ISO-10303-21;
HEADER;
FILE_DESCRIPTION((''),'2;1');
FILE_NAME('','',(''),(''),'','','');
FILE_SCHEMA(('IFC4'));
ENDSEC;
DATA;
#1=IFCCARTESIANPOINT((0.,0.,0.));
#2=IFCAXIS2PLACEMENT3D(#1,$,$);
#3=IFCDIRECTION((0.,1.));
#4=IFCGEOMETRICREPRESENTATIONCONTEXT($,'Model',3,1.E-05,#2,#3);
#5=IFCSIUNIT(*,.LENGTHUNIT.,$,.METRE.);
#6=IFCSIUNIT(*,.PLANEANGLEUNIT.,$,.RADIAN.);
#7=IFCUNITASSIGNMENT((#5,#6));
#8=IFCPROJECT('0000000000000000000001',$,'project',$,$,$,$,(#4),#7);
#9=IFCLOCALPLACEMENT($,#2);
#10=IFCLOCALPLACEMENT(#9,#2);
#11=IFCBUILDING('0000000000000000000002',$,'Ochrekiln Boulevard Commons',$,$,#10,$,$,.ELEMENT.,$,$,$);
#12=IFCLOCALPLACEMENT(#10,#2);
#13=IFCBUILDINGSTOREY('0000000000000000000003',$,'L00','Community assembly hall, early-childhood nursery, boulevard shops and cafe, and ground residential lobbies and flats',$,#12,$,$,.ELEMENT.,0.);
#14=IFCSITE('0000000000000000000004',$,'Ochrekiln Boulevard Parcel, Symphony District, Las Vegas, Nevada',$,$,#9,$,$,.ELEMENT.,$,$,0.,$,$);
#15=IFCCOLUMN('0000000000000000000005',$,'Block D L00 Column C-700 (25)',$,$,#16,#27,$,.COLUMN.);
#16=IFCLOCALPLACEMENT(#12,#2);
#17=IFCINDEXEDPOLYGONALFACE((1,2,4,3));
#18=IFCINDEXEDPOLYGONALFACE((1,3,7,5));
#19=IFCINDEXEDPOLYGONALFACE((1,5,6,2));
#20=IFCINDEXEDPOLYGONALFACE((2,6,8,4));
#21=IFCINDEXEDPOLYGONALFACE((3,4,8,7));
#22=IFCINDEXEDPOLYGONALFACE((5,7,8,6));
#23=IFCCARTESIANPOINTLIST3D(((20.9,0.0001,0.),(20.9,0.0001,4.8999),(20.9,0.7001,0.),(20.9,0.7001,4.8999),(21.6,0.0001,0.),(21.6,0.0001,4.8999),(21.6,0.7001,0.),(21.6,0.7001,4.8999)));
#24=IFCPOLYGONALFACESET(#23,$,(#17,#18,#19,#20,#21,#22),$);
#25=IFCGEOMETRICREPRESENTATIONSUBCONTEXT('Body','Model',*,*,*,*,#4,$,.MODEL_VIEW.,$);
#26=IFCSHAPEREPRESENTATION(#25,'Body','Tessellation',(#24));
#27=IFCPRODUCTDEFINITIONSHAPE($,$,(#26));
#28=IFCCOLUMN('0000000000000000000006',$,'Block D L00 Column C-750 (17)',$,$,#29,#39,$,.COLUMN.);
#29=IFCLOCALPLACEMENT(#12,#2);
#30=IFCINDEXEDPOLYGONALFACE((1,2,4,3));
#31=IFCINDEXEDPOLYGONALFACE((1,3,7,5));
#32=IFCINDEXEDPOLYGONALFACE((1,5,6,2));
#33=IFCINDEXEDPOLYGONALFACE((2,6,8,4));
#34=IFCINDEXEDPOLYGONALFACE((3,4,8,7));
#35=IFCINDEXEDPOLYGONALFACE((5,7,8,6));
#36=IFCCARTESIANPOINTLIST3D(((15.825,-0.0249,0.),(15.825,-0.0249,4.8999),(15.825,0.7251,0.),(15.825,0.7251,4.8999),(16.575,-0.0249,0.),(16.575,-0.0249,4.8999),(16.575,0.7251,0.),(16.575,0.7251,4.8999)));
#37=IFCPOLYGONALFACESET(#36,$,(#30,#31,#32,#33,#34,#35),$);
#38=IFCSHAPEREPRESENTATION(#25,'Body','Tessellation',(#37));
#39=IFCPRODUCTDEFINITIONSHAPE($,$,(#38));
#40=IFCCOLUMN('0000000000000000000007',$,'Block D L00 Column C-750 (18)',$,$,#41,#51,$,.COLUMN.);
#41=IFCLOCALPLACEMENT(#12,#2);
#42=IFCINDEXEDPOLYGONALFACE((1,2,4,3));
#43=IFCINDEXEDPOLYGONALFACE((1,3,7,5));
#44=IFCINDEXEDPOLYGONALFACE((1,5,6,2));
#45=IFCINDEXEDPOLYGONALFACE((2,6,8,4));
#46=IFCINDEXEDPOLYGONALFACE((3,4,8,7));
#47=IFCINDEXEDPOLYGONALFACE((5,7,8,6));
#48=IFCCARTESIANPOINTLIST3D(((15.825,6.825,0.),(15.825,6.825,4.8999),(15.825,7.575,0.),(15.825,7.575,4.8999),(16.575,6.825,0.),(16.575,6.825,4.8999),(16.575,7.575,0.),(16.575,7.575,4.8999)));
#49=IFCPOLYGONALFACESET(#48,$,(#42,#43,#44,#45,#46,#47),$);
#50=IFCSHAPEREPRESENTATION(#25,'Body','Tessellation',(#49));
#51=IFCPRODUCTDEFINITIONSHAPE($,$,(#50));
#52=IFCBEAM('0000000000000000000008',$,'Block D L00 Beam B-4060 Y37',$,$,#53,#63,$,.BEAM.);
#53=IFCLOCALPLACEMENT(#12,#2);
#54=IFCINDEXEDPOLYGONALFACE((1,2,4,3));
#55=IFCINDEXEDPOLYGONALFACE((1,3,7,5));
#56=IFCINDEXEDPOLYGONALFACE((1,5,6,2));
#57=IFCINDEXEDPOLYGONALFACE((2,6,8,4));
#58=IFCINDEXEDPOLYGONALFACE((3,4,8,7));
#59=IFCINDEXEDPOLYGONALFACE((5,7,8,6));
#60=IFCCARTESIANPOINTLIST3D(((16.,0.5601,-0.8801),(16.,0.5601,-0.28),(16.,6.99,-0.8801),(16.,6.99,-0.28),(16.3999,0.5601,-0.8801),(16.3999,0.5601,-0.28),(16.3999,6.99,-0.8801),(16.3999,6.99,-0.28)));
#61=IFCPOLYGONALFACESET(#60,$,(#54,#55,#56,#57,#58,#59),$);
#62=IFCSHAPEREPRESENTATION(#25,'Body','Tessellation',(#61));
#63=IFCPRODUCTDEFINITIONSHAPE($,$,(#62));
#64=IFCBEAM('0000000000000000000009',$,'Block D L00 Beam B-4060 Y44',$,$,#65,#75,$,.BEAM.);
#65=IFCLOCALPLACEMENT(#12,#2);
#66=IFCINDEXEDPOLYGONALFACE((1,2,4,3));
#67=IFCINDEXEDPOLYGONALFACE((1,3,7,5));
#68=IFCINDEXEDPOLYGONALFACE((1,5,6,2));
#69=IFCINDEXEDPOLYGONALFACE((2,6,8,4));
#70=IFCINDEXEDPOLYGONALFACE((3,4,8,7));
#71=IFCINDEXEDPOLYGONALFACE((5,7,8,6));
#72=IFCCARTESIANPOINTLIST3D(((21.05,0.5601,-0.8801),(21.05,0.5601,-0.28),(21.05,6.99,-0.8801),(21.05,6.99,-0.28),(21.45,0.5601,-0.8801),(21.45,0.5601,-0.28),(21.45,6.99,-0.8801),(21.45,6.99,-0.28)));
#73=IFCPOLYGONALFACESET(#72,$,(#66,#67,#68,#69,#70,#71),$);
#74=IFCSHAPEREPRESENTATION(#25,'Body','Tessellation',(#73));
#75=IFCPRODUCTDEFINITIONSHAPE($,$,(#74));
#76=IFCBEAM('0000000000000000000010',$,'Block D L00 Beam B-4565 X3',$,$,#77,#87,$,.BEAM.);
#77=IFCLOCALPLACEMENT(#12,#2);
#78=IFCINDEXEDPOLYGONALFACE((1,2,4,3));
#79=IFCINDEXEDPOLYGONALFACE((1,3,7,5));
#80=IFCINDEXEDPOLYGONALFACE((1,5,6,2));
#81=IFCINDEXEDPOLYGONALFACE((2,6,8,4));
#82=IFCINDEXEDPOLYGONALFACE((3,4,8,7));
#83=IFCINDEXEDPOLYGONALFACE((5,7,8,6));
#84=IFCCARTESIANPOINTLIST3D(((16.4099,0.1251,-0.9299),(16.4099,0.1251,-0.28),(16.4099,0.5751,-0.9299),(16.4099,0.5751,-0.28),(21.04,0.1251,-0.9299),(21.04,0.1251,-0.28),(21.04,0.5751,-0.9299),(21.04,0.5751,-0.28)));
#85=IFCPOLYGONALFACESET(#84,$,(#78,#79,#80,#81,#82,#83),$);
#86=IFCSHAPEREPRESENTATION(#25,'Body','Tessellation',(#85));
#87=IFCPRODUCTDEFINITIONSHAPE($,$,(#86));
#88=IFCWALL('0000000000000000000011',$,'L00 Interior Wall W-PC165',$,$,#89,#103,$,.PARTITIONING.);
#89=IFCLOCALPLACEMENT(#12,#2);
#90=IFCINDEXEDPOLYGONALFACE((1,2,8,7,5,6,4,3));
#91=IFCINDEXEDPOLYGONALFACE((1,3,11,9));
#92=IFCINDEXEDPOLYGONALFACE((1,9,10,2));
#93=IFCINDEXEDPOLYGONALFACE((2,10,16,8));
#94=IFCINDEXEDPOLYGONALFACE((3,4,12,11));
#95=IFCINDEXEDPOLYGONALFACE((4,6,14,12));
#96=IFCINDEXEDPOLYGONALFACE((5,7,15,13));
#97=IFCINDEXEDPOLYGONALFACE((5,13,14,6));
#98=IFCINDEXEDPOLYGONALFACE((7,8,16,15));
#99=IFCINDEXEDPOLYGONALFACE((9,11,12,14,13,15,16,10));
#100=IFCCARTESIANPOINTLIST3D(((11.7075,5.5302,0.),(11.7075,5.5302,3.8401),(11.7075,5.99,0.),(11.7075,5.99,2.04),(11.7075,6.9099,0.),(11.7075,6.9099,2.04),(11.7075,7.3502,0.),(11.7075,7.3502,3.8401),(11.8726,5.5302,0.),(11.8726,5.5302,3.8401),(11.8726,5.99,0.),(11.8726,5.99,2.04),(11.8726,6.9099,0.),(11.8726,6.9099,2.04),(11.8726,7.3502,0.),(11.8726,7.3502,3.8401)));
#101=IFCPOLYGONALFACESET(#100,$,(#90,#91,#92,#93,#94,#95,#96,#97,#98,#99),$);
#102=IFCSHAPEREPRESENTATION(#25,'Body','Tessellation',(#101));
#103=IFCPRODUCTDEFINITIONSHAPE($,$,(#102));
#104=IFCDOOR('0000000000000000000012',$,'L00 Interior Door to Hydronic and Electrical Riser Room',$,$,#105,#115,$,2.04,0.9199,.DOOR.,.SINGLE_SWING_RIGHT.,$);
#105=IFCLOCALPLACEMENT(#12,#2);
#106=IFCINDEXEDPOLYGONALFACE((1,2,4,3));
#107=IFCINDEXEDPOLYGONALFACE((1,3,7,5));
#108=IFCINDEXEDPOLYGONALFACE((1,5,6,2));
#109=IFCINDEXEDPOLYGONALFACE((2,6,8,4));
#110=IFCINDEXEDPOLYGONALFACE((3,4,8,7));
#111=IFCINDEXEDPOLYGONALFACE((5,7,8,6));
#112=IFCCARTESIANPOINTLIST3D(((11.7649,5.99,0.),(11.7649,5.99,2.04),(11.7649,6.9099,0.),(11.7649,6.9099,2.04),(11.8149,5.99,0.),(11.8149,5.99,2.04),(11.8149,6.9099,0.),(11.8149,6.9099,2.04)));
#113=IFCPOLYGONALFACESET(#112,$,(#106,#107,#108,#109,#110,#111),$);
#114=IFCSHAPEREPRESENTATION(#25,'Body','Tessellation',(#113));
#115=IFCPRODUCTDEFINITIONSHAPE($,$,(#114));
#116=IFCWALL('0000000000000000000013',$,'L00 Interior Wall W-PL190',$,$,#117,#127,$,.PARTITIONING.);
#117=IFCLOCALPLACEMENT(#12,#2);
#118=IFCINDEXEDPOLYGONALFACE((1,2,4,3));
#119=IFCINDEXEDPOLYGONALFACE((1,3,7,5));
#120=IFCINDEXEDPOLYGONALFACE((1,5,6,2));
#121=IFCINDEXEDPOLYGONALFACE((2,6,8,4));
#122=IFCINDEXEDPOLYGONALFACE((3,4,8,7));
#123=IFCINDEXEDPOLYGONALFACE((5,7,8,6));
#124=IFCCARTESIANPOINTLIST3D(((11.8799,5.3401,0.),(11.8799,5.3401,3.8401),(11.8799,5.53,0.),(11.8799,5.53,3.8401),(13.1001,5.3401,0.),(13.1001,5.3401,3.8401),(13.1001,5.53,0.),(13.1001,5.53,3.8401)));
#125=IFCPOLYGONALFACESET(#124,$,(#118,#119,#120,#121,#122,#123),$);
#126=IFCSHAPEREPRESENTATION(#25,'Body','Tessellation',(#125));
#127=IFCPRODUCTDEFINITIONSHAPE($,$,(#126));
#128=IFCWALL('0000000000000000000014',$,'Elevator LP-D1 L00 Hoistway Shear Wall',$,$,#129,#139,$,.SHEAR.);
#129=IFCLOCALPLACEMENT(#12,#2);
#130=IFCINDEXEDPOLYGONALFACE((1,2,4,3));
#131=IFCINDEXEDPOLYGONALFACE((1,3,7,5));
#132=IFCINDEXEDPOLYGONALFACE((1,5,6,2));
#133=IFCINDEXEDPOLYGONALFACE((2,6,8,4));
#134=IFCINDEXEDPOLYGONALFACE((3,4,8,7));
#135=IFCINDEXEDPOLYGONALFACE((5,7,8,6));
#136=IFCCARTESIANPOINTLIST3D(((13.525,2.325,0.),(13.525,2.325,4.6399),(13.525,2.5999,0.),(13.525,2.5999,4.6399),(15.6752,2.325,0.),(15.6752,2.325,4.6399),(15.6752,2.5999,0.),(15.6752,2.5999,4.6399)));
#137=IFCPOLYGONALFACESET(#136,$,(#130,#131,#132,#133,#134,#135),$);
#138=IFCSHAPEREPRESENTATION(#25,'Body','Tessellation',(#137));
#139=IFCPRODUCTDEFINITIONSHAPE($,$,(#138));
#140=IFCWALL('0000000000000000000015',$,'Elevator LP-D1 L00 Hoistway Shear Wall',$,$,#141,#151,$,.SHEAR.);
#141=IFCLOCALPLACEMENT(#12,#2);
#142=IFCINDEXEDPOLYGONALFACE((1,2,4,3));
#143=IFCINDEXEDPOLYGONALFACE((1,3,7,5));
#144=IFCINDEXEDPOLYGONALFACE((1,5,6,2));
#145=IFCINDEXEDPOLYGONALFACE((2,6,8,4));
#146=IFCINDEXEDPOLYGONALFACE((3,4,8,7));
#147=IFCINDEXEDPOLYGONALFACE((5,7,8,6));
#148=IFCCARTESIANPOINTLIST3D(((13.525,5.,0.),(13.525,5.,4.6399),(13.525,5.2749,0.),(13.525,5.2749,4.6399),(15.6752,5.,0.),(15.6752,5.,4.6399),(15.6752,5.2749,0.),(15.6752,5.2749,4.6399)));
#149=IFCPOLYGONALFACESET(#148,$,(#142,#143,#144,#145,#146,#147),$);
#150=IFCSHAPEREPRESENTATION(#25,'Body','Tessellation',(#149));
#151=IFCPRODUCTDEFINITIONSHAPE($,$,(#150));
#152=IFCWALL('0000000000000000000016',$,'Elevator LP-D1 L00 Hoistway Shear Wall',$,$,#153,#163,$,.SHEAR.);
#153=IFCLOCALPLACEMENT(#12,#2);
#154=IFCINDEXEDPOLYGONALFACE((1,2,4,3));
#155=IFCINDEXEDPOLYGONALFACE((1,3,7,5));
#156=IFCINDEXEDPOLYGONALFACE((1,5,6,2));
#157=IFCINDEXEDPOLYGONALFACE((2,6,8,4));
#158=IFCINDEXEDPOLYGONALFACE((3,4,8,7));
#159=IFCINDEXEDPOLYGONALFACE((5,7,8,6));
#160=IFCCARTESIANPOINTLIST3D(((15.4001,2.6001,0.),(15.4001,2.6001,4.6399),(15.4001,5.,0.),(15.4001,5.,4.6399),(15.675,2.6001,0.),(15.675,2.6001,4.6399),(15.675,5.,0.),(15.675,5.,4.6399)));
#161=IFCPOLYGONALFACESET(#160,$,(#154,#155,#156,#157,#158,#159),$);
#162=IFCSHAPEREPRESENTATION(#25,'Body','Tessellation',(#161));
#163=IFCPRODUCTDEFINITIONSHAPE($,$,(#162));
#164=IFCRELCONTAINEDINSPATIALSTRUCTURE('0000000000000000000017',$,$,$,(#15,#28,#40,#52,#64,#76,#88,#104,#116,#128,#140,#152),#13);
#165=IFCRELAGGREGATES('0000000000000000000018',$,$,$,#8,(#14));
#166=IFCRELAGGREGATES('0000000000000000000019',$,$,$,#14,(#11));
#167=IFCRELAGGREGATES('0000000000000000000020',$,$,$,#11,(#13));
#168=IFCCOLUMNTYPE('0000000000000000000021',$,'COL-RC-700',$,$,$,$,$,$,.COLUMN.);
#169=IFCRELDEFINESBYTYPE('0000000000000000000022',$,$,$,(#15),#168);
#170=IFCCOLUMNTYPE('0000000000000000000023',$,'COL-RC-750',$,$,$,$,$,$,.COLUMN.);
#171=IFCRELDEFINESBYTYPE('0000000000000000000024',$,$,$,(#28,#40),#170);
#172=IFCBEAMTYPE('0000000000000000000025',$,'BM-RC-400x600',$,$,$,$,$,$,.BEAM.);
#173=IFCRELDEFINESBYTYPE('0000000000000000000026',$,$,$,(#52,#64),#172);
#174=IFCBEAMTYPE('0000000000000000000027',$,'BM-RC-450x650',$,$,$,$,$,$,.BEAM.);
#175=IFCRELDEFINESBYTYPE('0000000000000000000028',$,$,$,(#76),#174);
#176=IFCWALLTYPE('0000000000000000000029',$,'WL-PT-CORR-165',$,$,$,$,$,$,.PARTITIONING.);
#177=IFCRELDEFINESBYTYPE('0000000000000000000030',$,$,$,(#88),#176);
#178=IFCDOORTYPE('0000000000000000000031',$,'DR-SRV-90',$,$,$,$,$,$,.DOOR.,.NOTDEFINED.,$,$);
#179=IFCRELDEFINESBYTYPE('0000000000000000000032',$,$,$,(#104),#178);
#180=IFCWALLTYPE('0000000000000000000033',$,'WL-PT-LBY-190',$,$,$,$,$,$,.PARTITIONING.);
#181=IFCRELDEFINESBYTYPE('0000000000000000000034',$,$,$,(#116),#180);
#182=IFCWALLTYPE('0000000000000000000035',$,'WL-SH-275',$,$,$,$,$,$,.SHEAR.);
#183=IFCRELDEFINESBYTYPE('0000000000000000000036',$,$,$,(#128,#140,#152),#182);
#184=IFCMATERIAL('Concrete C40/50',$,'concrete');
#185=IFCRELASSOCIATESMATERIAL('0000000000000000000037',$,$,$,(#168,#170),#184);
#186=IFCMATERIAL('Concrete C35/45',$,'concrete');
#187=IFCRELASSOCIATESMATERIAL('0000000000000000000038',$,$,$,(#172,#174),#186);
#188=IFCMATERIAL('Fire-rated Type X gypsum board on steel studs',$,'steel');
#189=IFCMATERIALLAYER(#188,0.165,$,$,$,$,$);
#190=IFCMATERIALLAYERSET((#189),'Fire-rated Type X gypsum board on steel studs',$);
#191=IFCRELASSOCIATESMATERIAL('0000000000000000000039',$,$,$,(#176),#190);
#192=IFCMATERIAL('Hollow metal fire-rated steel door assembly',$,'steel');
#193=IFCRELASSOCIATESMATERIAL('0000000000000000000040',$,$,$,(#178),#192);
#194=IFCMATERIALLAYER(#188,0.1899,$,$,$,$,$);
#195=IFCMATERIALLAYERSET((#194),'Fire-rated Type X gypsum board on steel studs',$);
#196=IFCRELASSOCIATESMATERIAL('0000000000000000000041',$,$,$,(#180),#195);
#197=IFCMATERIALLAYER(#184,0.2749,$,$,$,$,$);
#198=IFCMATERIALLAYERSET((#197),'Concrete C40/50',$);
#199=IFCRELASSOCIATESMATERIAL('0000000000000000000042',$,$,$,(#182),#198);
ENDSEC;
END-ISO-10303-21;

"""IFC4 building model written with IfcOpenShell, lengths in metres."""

from ifc_helpers import new_model, si_unit, direction, frame, frame_2d, origin, origin_2d, place, context, subcontext, project, spatial, rectangle, extrude, material, layer, layer_set, material_profile, profile_set, type_object, element, fill, save


model = new_model("IFC4")

# Units and contexts
model_context = context("Model", 3, precision=1e-05, world=origin(), true_north=direction((0.0, 1.0)))
body_context = subcontext(model_context, "Body", "Model", "MODEL_VIEW")
ifc_project = project(units=[si_unit("LENGTHUNIT", "METRE"), si_unit("PLANEANGLEUNIT", "RADIAN")], contexts=[model_context])

# Site, building, storey
site_placement = place(None, origin())
site = spatial("IfcSite", under=ifc_project, at=site_placement, Name="Ochrekiln Boulevard Parcel, Symphony District, Las Vegas, Nevada", CompositionType="ELEMENT", RefElevation=0.0)
building_placement = place(site_placement, origin())
building = spatial("IfcBuilding", under=site, at=building_placement, Name="Ochrekiln Boulevard Commons", CompositionType="ELEMENT")
storey_placement = place(building_placement, origin())
storey = spatial("IfcBuildingStorey", under=building, at=storey_placement, Name="L00", Description="Community assembly hall, early-childhood nursery, boulevard shops and cafe, and ground residential lobbies and flats", CompositionType="ELEMENT", Elevation=0.0)

# Columns
ifc_material_1 = material(Name="Concrete C40/50", Category="concrete")
ifc_material_profile_1 = material_profile(ifc_material_1, rectangle(XDim=0.7, YDim=0.7, at=origin_2d()), Name="RC-COL-700x700")
ifc_profile_set_1 = profile_set([ifc_material_profile_1], Name="Concrete C40/50")
column_type_1 = type_object("IfcColumnType", Name="COL-RC-700", PredefinedType="COLUMN", material=ifc_profile_set_1)
column_placement = place(storey_placement, frame((21.25, 0.3501, 0.0), z_axis=(0.0, 0.0, 1.0), x_axis=(1.0, 0.0, 0.0)))
element("IfcColumn", 1, at=column_placement, inside=storey, type_object=column_type_1, Name="Block D L00 Column C-700 (25)", PredefinedType="COLUMN", context=body_context, shape_type="SweptSolid", body=[
    extrude(rectangle(XDim=0.7, YDim=0.7, at=origin_2d()), origin(), (0.0, 0.0, 1.0), 4.8999),
])
ifc_material_profile_2 = material_profile(ifc_material_1, rectangle(XDim=0.75, YDim=0.75, at=origin_2d()), Name="RC-COL-750x750")
ifc_profile_set_2 = profile_set([ifc_material_profile_2], Name="Concrete C40/50")
column_type_2 = type_object("IfcColumnType", Name="COL-RC-750", PredefinedType="COLUMN", material=ifc_profile_set_2)
for number, where, z_axis, x_axis, name in (
    (2, (16.2, 0.3501, 0.0), (0.0, 0.0, 1.0), (1.0, 0.0, 0.0), "Block D L00 Column C-750 (17)"),
    (3, (16.2, 7.2, 0.0), (0.0, 0.0, 1.0), (1.0, 0.0, 0.0), "Block D L00 Column C-750 (18)"),
):
    element("IfcColumn", number, at=place(storey_placement, frame(where, z_axis=z_axis, x_axis=x_axis)), inside=storey, type_object=column_type_2, Name=name, PredefinedType="COLUMN", context=body_context, shape_type="SweptSolid", body=[
        extrude(rectangle(XDim=0.75, YDim=0.75, at=origin_2d()), origin(), (0.0, 0.0, 1.0), 4.8999),
    ])

# Beams
ifc_material_2 = material(Name="Concrete C35/45", Category="concrete")
ifc_material_profile_3 = material_profile(ifc_material_2, rectangle(XDim=0.3999, YDim=0.6001, at=origin_2d()), Name="RC-BM-400x600")
ifc_profile_set_3 = profile_set([ifc_material_profile_3], Name="Concrete C35/45")
beam_type_1 = type_object("IfcBeamType", Name="BM-RC-400x600", PredefinedType="BEAM", material=ifc_profile_set_3)
for number, where, z_axis, x_axis, name in (
    (4, (16.2, 0.5601, -0.5801), (0.0, 1.0, 0.0), (-1.0, 0.0, 0.0), "Block D L00 Beam B-4060 Y37"),
    (5, (21.25, 0.5601, -0.5801), (0.0, 1.0, 0.0), (-1.0, 0.0, 0.0), "Block D L00 Beam B-4060 Y44"),
):
    element("IfcBeam", number, at=place(storey_placement, frame(where, z_axis=z_axis, x_axis=x_axis)), inside=storey, type_object=beam_type_1, Name=name, PredefinedType="BEAM", context=body_context, shape_type="SweptSolid", body=[
        extrude(rectangle(XDim=0.3999, YDim=0.6001, at=origin_2d()), origin(), (0.0, 0.0, 1.0), 6.4299),
    ])
ifc_material_profile_4 = material_profile(ifc_material_2, rectangle(XDim=0.45, YDim=0.6499, at=origin_2d()), Name="RC-BM-450x650")
ifc_profile_set_4 = profile_set([ifc_material_profile_4], Name="Concrete C35/45")
beam_type_2 = type_object("IfcBeamType", Name="BM-RC-450x650", PredefinedType="BEAM", material=ifc_profile_set_4)
beam_placement = place(storey_placement, frame((16.4099, 0.3501, -0.605), z_axis=(1.0, 0.0, 0.0), x_axis=(0.0, 1.0, 0.0)))
element("IfcBeam", 6, at=beam_placement, inside=storey, type_object=beam_type_2, Name="Block D L00 Beam B-4565 X3", PredefinedType="BEAM", context=body_context, shape_type="SweptSolid", body=[
    extrude(rectangle(XDim=0.45, YDim=0.6499, at=origin_2d()), origin(), (0.0, 0.0, 1.0), 4.6301),
])

# Wall, opening, door
ifc_material_3 = material(Name="Fire-rated Type X gypsum board on steel studs", Category="steel")
ifc_layer_1 = layer(ifc_material_3, 0.165)
ifc_layer_set_1 = layer_set([ifc_layer_1], Name="Fire-rated Type X gypsum board on steel studs")
wall_type_1 = type_object("IfcWallType", Name="WL-PT-CORR-165", PredefinedType="PARTITIONING", material=ifc_layer_set_1)
wall_1_placement = place(storey_placement, frame((11.79, 5.53, 0.0), z_axis=(0.0, 0.0, 1.0), x_axis=(0.0, 1.0, 0.0)))
wall_1 = element("IfcWall", 7, at=wall_1_placement, inside=storey, type_object=wall_type_1, Name="L00 Interior Wall W-PC165", PredefinedType="PARTITIONING", context=body_context, shape_type="SweptSolid", body=[
    extrude(rectangle(XDim=1.8201, YDim=0.165, at=frame_2d((0.9102, 0.0))), origin(), (0.0, 0.0, 1.0), 3.8401),
])
opening_1_placement = place(wall_1_placement, frame((0.46, 0.0, 0.0)))
opening_1 = element("IfcOpeningElement", 8, at=opening_1_placement, cuts=wall_1, PredefinedType="OPENING", context=body_context, shape_type="SweptSolid", body=[
    extrude(rectangle(XDim=0.9199, YDim=2.04, at=frame_2d((0.46, 1.02))), frame((0.0, 0.0925, 0.0), z_axis=(0.0, -1.0, 0.0), x_axis=(1.0, 0.0, 0.0)), (0.0, 0.0, 1.0), 0.1851),
])
ifc_material_4 = material(Name="Hollow metal fire-rated steel door assembly", Category="steel")
door_type_1 = type_object("IfcDoorType", Name="DR-SRV-90", OperationType="NOTDEFINED", PredefinedType="DOOR", material=ifc_material_4)
door_1_placement = place(opening_1_placement, frame((0.9199, 0.0, 0.0), z_axis=(0.0, 0.0, 1.0), x_axis=(-1.0, 0.0, 0.0)))
door_1 = element("IfcDoor", 9, at=door_1_placement, inside=storey, type_object=door_type_1, Name="L00 Interior Door to Hydronic and Electrical Riser Room", OperationType="SINGLE_SWING_RIGHT", OverallHeight=2.04, OverallWidth=0.9199, PredefinedType="DOOR", context=body_context, shape_type="SweptSolid", body=[
    extrude(rectangle(XDim=0.9199, YDim=2.04, at=frame_2d((0.46, 1.02))), frame((0.0, 0.0249, 0.0), z_axis=(0.0, -1.0, 0.0), x_axis=(1.0, 0.0, 0.0)), (0.0, 0.0, 1.0), 0.05),
])
fill(opening_1, door_1)

# Wall
ifc_layer_2 = layer(ifc_material_3, 0.1899)
ifc_layer_set_2 = layer_set([ifc_layer_2], Name="Fire-rated Type X gypsum board on steel studs")
wall_type_2 = type_object("IfcWallType", Name="WL-PT-LBY-190", PredefinedType="PARTITIONING", material=ifc_layer_set_2)
wall_2_placement = place(storey_placement, frame((11.8799, 5.4351, 0.0), z_axis=(0.0, 0.0, 1.0), x_axis=(1.0, 0.0, 0.0)))
element("IfcWall", 10, at=wall_2_placement, inside=storey, type_object=wall_type_2, Name="L00 Interior Wall W-PL190", PredefinedType="PARTITIONING", context=body_context, shape_type="SweptSolid", body=[
    extrude(rectangle(XDim=1.2202, YDim=0.1899, at=frame_2d((0.6101, 0.0))), origin(), (0.0, 0.0, 1.0), 3.8401),
])

# Walls
ifc_layer_3 = layer(ifc_material_1, 0.2749)
ifc_layer_set_3 = layer_set([ifc_layer_3], Name="Concrete C40/50")
wall_type_3 = type_object("IfcWallType", Name="WL-SH-275", PredefinedType="SHEAR", material=ifc_layer_set_3)
for number, where, z_axis, x_axis, name in (
    (11, (13.5249, 2.4624, 0.0), (0.0, 0.0, 1.0), (1.0, 0.0, 0.0), "Elevator LP-D1 L00 Hoistway Shear Wall"),
    (12, (13.5249, 5.1375, 0.0), (0.0, 0.0, 1.0), (1.0, 0.0, 0.0), "Elevator LP-D1 L00 Hoistway Shear Wall"),
):
    element("IfcWall", number, at=place(storey_placement, frame(where, z_axis=z_axis, x_axis=x_axis)), inside=storey, type_object=wall_type_3, Name=name, PredefinedType="SHEAR", context=body_context, shape_type="SweptSolid", body=[
        extrude(rectangle(XDim=2.1501, YDim=0.2749, at=frame_2d((1.0752, 0.0))), origin(), (0.0, 0.0, 1.0), 4.6399),
    ])

# Wall
wall_3_placement = place(storey_placement, frame((15.5376, 2.6001, 0.0), z_axis=(0.0, 0.0, 1.0), x_axis=(0.0, 1.0, 0.0)))
element("IfcWall", 13, at=wall_3_placement, inside=storey, type_object=wall_type_3, Name="Elevator LP-D1 L00 Hoistway Shear Wall", PredefinedType="SHEAR", context=body_context, shape_type="SweptSolid", body=[
    extrude(rectangle(XDim=2.3999, YDim=0.2749, at=frame_2d((1.2, 0.0))), origin(), (0.0, 0.0, 1.0), 4.6399),
])

save(model, "model.ifc")
